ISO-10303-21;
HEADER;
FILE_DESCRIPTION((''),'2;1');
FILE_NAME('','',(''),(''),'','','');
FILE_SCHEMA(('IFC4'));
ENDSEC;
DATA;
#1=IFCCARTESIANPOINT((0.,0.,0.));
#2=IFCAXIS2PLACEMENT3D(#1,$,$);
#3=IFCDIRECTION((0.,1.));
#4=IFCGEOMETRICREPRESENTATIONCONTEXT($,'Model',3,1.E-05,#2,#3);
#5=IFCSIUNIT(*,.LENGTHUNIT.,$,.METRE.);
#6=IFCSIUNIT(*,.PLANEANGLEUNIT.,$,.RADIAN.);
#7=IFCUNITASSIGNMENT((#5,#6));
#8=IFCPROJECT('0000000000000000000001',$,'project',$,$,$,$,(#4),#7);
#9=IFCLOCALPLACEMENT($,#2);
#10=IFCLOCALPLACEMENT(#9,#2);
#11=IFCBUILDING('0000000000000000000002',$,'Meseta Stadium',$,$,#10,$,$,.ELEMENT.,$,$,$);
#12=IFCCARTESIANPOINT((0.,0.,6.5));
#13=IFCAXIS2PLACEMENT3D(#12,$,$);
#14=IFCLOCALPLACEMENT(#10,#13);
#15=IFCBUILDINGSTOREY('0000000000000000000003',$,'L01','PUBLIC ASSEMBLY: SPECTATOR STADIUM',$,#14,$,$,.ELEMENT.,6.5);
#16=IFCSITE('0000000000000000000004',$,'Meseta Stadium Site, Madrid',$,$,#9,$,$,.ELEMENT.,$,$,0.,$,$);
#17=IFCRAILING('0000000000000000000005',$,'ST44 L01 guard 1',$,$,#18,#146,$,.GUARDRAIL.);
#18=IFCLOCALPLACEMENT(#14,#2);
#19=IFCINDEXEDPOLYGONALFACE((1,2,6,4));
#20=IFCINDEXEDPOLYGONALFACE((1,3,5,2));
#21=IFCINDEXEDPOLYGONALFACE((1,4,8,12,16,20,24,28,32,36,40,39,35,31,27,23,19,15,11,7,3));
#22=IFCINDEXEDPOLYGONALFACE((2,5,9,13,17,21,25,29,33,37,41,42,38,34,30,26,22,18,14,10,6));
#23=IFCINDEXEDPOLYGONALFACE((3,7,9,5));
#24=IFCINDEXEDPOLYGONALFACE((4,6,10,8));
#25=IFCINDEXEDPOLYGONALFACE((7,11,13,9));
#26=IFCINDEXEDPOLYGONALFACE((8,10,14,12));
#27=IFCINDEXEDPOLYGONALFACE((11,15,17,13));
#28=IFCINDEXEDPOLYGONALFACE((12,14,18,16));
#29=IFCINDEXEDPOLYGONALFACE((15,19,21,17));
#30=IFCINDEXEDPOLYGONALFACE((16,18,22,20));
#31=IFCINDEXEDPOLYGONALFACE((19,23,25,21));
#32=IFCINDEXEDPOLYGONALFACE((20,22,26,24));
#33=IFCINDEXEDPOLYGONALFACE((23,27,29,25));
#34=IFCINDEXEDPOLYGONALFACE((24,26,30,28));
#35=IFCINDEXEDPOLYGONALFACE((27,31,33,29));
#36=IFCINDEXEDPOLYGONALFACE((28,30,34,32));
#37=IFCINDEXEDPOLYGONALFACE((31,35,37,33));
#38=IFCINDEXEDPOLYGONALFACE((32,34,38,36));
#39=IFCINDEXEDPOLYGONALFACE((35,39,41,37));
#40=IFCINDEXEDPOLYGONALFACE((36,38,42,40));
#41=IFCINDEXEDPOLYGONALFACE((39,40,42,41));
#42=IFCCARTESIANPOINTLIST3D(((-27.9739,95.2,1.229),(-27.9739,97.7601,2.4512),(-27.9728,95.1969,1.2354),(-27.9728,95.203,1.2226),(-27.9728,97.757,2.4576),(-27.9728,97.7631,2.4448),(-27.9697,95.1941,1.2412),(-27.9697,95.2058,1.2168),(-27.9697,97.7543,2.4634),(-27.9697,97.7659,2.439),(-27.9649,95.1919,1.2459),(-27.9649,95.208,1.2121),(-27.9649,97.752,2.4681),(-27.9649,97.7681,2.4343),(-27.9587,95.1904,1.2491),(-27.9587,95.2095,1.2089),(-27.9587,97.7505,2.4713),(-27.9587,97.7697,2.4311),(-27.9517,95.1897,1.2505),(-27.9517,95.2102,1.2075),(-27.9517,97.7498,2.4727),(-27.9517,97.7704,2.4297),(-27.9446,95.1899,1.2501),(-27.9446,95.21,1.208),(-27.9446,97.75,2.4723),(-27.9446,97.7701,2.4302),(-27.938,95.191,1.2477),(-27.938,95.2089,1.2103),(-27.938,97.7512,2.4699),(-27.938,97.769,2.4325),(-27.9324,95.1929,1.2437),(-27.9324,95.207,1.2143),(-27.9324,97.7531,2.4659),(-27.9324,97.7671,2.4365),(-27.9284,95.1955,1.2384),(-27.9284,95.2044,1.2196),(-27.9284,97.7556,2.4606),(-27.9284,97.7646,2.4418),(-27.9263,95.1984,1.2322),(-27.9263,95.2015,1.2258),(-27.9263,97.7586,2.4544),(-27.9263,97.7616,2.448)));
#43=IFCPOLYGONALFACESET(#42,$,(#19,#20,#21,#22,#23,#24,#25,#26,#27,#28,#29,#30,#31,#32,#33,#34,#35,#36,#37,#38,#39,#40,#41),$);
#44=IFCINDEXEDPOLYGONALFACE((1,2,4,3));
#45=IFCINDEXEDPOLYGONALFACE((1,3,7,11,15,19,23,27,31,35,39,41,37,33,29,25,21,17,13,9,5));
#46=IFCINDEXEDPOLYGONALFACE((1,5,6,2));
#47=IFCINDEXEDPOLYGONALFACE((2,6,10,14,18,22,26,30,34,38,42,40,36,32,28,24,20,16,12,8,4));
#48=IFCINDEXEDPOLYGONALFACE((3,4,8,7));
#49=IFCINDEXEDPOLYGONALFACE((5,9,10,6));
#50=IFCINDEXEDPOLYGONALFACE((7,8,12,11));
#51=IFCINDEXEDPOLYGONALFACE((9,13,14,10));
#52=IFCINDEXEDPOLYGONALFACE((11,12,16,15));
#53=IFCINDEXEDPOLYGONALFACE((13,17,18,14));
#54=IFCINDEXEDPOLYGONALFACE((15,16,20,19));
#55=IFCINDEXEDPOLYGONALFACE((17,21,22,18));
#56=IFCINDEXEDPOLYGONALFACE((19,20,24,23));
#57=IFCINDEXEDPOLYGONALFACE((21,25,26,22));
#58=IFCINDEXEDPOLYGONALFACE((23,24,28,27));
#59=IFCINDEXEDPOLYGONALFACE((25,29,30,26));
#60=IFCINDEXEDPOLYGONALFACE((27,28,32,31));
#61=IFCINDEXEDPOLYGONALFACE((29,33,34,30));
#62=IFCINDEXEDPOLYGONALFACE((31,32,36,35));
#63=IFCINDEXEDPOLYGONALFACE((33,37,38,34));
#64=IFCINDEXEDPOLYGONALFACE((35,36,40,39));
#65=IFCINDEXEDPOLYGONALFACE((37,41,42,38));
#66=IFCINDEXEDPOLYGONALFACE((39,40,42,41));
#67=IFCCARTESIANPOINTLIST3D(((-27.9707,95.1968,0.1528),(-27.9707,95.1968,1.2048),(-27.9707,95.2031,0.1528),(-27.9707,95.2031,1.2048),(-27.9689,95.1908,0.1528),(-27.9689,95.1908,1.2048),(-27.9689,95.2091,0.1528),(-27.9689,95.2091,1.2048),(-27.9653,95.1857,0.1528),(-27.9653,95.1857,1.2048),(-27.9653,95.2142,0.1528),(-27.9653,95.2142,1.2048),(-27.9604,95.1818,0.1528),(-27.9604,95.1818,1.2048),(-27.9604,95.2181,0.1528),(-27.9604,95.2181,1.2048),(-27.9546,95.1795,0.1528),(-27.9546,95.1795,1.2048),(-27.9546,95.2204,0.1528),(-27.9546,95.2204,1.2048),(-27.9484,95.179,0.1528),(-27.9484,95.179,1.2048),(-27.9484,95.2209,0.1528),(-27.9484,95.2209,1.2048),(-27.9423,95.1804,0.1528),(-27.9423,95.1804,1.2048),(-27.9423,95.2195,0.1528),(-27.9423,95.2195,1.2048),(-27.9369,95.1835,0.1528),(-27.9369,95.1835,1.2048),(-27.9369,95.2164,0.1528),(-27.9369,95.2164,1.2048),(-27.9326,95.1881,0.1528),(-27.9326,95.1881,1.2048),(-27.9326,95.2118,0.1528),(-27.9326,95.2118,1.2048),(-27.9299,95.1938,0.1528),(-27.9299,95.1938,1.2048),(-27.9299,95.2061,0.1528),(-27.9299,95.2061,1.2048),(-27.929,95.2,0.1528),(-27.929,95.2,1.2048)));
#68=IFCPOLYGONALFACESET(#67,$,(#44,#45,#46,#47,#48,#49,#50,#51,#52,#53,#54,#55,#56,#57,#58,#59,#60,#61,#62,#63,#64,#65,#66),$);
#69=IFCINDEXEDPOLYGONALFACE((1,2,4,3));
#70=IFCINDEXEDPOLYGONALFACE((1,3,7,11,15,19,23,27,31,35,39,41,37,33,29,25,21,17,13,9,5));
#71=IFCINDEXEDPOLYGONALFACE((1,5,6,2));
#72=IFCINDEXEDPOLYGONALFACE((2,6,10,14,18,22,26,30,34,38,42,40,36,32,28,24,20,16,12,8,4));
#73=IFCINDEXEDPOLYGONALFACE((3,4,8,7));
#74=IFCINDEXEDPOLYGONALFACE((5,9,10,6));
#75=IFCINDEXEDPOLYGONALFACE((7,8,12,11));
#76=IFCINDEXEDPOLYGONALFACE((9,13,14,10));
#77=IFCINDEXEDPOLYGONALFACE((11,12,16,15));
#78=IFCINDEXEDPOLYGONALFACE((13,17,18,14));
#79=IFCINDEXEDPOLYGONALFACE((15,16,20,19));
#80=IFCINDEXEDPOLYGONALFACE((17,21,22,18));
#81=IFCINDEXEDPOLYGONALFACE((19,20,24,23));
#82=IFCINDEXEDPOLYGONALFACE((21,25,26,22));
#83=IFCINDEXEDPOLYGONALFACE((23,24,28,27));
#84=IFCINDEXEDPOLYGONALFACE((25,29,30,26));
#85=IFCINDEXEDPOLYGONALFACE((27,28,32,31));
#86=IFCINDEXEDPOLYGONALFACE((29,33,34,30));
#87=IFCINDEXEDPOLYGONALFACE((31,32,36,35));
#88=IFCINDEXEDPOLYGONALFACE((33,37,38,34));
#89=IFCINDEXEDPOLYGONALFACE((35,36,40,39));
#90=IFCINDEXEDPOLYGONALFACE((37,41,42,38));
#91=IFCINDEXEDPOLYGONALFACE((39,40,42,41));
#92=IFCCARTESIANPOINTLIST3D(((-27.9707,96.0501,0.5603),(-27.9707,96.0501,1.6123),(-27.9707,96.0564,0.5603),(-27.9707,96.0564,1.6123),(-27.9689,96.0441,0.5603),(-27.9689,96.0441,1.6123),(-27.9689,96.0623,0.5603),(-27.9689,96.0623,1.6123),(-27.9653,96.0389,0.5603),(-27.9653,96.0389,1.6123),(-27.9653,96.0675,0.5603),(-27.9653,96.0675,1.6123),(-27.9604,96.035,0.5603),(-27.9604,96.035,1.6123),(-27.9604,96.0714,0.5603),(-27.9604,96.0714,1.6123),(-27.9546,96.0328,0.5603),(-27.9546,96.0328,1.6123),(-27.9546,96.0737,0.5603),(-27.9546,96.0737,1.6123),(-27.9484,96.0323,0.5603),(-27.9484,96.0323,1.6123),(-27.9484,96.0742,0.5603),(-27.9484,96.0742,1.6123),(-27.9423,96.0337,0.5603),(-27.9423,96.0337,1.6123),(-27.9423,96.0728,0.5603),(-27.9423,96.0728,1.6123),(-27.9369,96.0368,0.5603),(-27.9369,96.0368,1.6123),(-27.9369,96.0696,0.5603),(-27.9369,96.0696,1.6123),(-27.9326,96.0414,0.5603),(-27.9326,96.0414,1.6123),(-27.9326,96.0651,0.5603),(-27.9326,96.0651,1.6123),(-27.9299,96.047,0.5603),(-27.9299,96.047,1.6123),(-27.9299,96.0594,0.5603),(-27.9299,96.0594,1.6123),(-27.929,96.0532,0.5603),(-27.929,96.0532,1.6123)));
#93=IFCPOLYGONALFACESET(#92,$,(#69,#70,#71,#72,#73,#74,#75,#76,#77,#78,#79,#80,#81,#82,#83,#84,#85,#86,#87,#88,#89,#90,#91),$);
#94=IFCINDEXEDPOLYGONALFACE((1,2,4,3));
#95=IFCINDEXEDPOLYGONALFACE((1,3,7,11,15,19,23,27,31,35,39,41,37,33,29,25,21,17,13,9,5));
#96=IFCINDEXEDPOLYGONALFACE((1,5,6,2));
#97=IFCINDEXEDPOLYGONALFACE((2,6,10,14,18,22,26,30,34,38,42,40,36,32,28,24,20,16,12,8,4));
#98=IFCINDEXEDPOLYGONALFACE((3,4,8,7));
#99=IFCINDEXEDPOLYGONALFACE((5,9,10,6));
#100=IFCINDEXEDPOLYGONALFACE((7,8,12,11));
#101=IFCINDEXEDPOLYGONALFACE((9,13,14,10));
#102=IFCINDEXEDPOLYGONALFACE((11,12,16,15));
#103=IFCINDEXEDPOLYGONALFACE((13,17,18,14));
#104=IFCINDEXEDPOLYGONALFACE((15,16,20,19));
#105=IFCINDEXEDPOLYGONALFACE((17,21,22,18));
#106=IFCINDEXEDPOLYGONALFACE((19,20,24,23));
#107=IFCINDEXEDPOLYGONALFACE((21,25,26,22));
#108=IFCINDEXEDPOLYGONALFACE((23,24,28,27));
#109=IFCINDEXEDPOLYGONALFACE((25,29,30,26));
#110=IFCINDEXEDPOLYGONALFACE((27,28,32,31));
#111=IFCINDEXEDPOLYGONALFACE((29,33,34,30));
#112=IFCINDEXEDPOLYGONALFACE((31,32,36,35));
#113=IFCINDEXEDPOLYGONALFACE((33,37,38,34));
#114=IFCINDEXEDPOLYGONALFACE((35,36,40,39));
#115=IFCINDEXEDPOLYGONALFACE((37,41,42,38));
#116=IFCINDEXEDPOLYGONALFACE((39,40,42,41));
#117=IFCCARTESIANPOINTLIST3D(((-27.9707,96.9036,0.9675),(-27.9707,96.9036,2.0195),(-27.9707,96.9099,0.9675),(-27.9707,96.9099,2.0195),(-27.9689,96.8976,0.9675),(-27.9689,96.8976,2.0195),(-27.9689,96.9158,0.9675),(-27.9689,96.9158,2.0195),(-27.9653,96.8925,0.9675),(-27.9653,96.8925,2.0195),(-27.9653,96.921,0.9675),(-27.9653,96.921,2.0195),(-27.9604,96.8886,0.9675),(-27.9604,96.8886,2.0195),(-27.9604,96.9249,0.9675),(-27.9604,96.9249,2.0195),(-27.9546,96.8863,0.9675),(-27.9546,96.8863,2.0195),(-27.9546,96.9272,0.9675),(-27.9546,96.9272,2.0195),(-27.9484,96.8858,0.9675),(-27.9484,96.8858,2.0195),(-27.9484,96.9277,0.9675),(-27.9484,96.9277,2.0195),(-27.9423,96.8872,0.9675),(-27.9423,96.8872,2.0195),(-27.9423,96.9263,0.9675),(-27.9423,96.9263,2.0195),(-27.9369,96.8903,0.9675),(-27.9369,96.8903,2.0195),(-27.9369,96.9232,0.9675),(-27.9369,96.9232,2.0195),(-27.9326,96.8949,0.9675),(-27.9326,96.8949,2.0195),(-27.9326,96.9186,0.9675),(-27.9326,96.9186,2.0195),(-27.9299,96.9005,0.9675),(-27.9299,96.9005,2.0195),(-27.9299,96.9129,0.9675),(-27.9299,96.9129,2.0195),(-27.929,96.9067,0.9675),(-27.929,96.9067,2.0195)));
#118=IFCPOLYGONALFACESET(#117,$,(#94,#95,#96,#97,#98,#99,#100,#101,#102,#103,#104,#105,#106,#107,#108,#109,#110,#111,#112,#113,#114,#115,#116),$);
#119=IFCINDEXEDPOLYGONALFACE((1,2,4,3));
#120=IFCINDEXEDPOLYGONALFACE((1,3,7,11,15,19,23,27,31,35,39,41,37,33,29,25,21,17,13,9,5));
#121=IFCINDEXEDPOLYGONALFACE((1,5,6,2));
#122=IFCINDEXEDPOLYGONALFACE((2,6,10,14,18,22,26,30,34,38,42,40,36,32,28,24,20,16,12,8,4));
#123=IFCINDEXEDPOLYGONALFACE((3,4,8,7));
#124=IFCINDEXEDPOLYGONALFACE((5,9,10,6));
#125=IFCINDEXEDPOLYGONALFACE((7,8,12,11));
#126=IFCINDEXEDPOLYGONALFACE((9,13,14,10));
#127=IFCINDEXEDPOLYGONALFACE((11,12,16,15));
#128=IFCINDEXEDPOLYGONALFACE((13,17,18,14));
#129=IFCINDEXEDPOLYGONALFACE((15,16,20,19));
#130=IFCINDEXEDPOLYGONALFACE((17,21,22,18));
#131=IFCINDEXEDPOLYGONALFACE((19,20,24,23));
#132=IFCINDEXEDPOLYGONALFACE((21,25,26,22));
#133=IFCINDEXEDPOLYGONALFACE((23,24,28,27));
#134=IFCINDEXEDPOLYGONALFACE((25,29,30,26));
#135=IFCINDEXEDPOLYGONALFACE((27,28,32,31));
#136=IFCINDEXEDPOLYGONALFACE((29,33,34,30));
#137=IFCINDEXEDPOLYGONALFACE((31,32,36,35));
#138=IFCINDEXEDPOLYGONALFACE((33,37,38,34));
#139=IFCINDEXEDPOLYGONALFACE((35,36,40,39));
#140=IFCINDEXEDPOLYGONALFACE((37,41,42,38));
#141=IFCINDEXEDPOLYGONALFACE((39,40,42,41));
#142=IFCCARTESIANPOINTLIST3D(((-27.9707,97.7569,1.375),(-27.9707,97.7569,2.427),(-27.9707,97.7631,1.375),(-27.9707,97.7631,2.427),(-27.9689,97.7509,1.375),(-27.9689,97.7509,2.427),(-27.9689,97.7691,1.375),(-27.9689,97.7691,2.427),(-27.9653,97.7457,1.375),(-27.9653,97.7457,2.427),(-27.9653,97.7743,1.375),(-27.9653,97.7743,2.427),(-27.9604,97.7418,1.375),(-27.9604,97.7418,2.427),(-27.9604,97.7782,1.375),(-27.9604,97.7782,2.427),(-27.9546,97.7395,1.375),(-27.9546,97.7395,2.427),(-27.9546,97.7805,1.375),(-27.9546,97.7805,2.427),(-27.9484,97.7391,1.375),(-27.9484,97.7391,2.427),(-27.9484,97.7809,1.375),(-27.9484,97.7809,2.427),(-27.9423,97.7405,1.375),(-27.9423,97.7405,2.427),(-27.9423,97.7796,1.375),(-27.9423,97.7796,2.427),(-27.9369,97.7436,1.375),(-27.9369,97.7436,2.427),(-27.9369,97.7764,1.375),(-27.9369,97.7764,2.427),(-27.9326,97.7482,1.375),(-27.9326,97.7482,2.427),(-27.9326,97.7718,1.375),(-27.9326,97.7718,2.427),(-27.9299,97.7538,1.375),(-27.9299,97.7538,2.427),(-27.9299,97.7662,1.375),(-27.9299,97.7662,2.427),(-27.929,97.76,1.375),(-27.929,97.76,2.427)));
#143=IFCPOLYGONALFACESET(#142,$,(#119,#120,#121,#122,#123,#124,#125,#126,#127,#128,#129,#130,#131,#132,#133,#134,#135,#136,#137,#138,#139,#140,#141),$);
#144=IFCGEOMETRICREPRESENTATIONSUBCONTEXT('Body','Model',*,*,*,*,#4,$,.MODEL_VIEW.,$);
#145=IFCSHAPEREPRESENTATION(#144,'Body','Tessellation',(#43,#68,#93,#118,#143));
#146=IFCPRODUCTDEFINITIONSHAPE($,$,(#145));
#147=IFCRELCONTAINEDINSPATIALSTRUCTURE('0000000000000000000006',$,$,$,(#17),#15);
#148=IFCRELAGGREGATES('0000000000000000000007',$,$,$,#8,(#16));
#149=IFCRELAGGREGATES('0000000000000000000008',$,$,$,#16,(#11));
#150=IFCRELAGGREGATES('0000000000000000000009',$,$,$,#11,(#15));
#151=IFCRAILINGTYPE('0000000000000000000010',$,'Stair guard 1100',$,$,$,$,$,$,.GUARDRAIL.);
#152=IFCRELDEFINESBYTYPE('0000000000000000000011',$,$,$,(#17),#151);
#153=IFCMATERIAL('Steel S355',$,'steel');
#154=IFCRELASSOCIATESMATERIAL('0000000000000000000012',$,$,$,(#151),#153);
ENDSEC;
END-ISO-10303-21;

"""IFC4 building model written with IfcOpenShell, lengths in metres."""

from ifc_helpers import new_model, si_unit, direction, frame, origin, origin_2d, place, context, subcontext, project, spatial, circle, extrude, material, type_object, element, save


model = new_model("IFC4")

# Units and contexts
model_context = context("Model", 3, precision=1e-05, world=origin(), true_north=direction((0.0, 1.0)))
body_context = subcontext(model_context, "Body", "Model", "MODEL_VIEW")
ifc_project = project(units=[si_unit("LENGTHUNIT", "METRE"), si_unit("PLANEANGLEUNIT", "RADIAN")], contexts=[model_context])

# Site, building, storey
site_placement = place(None, origin())
site = spatial("IfcSite", under=ifc_project, at=site_placement, Name="Meseta Stadium Site, Madrid", CompositionType="ELEMENT", RefElevation=0.0)
building_placement = place(site_placement, origin())
building = spatial("IfcBuilding", under=site, at=building_placement, Name="Meseta Stadium", CompositionType="ELEMENT")
storey_placement = place(building_placement, frame((0.0, 0.0, 6.5)))
storey = spatial("IfcBuildingStorey", under=building, at=storey_placement, Name="L01", Description="PUBLIC ASSEMBLY: SPECTATOR STADIUM", CompositionType="ELEMENT", Elevation=6.5)

# Railing
ifc_material_1 = material(Name="Steel S355", Category="steel")
railing_type_1 = type_object("IfcRailingType", Name="Stair guard 1100", PredefinedType="GUARDRAIL", material=ifc_material_1)
railing_1_placement = place(storey_placement, frame((-27.95, 95.2, 0.1528)))
element("IfcRailing", 1, at=railing_1_placement, inside=storey, type_object=railing_type_1, Name="ST44 L01 guard 1", PredefinedType="GUARDRAIL", context=body_context, shape_type="SweptSolid", body=[
    extrude(circle(Radius=0.0239, at=origin_2d()), frame((0.0, 0.0, 1.0762), z_axis=(0.0, 0.902437, 0.430822), x_axis=(-1.0, 0.0, 0.0)), (0.0, 0.0, 1.0), 2.8369),
    extrude(circle(Radius=0.021, at=origin_2d()), origin(), (0.0, 0.0, 1.0), 1.052),
    extrude(circle(Radius=0.021, at=origin_2d()), frame((0.0, 0.8533, 0.4075)), (0.0, 0.0, 1.0), 1.052),
    extrude(circle(Radius=0.021, at=origin_2d()), frame((0.0, 1.7068, 0.8147)), (0.0, 0.0, 1.0), 1.052),
    extrude(circle(Radius=0.021, at=origin_2d()), frame((0.0, 2.5601, 1.2222)), (0.0, 0.0, 1.0), 1.052),
])

save(model, "model.ifc")
